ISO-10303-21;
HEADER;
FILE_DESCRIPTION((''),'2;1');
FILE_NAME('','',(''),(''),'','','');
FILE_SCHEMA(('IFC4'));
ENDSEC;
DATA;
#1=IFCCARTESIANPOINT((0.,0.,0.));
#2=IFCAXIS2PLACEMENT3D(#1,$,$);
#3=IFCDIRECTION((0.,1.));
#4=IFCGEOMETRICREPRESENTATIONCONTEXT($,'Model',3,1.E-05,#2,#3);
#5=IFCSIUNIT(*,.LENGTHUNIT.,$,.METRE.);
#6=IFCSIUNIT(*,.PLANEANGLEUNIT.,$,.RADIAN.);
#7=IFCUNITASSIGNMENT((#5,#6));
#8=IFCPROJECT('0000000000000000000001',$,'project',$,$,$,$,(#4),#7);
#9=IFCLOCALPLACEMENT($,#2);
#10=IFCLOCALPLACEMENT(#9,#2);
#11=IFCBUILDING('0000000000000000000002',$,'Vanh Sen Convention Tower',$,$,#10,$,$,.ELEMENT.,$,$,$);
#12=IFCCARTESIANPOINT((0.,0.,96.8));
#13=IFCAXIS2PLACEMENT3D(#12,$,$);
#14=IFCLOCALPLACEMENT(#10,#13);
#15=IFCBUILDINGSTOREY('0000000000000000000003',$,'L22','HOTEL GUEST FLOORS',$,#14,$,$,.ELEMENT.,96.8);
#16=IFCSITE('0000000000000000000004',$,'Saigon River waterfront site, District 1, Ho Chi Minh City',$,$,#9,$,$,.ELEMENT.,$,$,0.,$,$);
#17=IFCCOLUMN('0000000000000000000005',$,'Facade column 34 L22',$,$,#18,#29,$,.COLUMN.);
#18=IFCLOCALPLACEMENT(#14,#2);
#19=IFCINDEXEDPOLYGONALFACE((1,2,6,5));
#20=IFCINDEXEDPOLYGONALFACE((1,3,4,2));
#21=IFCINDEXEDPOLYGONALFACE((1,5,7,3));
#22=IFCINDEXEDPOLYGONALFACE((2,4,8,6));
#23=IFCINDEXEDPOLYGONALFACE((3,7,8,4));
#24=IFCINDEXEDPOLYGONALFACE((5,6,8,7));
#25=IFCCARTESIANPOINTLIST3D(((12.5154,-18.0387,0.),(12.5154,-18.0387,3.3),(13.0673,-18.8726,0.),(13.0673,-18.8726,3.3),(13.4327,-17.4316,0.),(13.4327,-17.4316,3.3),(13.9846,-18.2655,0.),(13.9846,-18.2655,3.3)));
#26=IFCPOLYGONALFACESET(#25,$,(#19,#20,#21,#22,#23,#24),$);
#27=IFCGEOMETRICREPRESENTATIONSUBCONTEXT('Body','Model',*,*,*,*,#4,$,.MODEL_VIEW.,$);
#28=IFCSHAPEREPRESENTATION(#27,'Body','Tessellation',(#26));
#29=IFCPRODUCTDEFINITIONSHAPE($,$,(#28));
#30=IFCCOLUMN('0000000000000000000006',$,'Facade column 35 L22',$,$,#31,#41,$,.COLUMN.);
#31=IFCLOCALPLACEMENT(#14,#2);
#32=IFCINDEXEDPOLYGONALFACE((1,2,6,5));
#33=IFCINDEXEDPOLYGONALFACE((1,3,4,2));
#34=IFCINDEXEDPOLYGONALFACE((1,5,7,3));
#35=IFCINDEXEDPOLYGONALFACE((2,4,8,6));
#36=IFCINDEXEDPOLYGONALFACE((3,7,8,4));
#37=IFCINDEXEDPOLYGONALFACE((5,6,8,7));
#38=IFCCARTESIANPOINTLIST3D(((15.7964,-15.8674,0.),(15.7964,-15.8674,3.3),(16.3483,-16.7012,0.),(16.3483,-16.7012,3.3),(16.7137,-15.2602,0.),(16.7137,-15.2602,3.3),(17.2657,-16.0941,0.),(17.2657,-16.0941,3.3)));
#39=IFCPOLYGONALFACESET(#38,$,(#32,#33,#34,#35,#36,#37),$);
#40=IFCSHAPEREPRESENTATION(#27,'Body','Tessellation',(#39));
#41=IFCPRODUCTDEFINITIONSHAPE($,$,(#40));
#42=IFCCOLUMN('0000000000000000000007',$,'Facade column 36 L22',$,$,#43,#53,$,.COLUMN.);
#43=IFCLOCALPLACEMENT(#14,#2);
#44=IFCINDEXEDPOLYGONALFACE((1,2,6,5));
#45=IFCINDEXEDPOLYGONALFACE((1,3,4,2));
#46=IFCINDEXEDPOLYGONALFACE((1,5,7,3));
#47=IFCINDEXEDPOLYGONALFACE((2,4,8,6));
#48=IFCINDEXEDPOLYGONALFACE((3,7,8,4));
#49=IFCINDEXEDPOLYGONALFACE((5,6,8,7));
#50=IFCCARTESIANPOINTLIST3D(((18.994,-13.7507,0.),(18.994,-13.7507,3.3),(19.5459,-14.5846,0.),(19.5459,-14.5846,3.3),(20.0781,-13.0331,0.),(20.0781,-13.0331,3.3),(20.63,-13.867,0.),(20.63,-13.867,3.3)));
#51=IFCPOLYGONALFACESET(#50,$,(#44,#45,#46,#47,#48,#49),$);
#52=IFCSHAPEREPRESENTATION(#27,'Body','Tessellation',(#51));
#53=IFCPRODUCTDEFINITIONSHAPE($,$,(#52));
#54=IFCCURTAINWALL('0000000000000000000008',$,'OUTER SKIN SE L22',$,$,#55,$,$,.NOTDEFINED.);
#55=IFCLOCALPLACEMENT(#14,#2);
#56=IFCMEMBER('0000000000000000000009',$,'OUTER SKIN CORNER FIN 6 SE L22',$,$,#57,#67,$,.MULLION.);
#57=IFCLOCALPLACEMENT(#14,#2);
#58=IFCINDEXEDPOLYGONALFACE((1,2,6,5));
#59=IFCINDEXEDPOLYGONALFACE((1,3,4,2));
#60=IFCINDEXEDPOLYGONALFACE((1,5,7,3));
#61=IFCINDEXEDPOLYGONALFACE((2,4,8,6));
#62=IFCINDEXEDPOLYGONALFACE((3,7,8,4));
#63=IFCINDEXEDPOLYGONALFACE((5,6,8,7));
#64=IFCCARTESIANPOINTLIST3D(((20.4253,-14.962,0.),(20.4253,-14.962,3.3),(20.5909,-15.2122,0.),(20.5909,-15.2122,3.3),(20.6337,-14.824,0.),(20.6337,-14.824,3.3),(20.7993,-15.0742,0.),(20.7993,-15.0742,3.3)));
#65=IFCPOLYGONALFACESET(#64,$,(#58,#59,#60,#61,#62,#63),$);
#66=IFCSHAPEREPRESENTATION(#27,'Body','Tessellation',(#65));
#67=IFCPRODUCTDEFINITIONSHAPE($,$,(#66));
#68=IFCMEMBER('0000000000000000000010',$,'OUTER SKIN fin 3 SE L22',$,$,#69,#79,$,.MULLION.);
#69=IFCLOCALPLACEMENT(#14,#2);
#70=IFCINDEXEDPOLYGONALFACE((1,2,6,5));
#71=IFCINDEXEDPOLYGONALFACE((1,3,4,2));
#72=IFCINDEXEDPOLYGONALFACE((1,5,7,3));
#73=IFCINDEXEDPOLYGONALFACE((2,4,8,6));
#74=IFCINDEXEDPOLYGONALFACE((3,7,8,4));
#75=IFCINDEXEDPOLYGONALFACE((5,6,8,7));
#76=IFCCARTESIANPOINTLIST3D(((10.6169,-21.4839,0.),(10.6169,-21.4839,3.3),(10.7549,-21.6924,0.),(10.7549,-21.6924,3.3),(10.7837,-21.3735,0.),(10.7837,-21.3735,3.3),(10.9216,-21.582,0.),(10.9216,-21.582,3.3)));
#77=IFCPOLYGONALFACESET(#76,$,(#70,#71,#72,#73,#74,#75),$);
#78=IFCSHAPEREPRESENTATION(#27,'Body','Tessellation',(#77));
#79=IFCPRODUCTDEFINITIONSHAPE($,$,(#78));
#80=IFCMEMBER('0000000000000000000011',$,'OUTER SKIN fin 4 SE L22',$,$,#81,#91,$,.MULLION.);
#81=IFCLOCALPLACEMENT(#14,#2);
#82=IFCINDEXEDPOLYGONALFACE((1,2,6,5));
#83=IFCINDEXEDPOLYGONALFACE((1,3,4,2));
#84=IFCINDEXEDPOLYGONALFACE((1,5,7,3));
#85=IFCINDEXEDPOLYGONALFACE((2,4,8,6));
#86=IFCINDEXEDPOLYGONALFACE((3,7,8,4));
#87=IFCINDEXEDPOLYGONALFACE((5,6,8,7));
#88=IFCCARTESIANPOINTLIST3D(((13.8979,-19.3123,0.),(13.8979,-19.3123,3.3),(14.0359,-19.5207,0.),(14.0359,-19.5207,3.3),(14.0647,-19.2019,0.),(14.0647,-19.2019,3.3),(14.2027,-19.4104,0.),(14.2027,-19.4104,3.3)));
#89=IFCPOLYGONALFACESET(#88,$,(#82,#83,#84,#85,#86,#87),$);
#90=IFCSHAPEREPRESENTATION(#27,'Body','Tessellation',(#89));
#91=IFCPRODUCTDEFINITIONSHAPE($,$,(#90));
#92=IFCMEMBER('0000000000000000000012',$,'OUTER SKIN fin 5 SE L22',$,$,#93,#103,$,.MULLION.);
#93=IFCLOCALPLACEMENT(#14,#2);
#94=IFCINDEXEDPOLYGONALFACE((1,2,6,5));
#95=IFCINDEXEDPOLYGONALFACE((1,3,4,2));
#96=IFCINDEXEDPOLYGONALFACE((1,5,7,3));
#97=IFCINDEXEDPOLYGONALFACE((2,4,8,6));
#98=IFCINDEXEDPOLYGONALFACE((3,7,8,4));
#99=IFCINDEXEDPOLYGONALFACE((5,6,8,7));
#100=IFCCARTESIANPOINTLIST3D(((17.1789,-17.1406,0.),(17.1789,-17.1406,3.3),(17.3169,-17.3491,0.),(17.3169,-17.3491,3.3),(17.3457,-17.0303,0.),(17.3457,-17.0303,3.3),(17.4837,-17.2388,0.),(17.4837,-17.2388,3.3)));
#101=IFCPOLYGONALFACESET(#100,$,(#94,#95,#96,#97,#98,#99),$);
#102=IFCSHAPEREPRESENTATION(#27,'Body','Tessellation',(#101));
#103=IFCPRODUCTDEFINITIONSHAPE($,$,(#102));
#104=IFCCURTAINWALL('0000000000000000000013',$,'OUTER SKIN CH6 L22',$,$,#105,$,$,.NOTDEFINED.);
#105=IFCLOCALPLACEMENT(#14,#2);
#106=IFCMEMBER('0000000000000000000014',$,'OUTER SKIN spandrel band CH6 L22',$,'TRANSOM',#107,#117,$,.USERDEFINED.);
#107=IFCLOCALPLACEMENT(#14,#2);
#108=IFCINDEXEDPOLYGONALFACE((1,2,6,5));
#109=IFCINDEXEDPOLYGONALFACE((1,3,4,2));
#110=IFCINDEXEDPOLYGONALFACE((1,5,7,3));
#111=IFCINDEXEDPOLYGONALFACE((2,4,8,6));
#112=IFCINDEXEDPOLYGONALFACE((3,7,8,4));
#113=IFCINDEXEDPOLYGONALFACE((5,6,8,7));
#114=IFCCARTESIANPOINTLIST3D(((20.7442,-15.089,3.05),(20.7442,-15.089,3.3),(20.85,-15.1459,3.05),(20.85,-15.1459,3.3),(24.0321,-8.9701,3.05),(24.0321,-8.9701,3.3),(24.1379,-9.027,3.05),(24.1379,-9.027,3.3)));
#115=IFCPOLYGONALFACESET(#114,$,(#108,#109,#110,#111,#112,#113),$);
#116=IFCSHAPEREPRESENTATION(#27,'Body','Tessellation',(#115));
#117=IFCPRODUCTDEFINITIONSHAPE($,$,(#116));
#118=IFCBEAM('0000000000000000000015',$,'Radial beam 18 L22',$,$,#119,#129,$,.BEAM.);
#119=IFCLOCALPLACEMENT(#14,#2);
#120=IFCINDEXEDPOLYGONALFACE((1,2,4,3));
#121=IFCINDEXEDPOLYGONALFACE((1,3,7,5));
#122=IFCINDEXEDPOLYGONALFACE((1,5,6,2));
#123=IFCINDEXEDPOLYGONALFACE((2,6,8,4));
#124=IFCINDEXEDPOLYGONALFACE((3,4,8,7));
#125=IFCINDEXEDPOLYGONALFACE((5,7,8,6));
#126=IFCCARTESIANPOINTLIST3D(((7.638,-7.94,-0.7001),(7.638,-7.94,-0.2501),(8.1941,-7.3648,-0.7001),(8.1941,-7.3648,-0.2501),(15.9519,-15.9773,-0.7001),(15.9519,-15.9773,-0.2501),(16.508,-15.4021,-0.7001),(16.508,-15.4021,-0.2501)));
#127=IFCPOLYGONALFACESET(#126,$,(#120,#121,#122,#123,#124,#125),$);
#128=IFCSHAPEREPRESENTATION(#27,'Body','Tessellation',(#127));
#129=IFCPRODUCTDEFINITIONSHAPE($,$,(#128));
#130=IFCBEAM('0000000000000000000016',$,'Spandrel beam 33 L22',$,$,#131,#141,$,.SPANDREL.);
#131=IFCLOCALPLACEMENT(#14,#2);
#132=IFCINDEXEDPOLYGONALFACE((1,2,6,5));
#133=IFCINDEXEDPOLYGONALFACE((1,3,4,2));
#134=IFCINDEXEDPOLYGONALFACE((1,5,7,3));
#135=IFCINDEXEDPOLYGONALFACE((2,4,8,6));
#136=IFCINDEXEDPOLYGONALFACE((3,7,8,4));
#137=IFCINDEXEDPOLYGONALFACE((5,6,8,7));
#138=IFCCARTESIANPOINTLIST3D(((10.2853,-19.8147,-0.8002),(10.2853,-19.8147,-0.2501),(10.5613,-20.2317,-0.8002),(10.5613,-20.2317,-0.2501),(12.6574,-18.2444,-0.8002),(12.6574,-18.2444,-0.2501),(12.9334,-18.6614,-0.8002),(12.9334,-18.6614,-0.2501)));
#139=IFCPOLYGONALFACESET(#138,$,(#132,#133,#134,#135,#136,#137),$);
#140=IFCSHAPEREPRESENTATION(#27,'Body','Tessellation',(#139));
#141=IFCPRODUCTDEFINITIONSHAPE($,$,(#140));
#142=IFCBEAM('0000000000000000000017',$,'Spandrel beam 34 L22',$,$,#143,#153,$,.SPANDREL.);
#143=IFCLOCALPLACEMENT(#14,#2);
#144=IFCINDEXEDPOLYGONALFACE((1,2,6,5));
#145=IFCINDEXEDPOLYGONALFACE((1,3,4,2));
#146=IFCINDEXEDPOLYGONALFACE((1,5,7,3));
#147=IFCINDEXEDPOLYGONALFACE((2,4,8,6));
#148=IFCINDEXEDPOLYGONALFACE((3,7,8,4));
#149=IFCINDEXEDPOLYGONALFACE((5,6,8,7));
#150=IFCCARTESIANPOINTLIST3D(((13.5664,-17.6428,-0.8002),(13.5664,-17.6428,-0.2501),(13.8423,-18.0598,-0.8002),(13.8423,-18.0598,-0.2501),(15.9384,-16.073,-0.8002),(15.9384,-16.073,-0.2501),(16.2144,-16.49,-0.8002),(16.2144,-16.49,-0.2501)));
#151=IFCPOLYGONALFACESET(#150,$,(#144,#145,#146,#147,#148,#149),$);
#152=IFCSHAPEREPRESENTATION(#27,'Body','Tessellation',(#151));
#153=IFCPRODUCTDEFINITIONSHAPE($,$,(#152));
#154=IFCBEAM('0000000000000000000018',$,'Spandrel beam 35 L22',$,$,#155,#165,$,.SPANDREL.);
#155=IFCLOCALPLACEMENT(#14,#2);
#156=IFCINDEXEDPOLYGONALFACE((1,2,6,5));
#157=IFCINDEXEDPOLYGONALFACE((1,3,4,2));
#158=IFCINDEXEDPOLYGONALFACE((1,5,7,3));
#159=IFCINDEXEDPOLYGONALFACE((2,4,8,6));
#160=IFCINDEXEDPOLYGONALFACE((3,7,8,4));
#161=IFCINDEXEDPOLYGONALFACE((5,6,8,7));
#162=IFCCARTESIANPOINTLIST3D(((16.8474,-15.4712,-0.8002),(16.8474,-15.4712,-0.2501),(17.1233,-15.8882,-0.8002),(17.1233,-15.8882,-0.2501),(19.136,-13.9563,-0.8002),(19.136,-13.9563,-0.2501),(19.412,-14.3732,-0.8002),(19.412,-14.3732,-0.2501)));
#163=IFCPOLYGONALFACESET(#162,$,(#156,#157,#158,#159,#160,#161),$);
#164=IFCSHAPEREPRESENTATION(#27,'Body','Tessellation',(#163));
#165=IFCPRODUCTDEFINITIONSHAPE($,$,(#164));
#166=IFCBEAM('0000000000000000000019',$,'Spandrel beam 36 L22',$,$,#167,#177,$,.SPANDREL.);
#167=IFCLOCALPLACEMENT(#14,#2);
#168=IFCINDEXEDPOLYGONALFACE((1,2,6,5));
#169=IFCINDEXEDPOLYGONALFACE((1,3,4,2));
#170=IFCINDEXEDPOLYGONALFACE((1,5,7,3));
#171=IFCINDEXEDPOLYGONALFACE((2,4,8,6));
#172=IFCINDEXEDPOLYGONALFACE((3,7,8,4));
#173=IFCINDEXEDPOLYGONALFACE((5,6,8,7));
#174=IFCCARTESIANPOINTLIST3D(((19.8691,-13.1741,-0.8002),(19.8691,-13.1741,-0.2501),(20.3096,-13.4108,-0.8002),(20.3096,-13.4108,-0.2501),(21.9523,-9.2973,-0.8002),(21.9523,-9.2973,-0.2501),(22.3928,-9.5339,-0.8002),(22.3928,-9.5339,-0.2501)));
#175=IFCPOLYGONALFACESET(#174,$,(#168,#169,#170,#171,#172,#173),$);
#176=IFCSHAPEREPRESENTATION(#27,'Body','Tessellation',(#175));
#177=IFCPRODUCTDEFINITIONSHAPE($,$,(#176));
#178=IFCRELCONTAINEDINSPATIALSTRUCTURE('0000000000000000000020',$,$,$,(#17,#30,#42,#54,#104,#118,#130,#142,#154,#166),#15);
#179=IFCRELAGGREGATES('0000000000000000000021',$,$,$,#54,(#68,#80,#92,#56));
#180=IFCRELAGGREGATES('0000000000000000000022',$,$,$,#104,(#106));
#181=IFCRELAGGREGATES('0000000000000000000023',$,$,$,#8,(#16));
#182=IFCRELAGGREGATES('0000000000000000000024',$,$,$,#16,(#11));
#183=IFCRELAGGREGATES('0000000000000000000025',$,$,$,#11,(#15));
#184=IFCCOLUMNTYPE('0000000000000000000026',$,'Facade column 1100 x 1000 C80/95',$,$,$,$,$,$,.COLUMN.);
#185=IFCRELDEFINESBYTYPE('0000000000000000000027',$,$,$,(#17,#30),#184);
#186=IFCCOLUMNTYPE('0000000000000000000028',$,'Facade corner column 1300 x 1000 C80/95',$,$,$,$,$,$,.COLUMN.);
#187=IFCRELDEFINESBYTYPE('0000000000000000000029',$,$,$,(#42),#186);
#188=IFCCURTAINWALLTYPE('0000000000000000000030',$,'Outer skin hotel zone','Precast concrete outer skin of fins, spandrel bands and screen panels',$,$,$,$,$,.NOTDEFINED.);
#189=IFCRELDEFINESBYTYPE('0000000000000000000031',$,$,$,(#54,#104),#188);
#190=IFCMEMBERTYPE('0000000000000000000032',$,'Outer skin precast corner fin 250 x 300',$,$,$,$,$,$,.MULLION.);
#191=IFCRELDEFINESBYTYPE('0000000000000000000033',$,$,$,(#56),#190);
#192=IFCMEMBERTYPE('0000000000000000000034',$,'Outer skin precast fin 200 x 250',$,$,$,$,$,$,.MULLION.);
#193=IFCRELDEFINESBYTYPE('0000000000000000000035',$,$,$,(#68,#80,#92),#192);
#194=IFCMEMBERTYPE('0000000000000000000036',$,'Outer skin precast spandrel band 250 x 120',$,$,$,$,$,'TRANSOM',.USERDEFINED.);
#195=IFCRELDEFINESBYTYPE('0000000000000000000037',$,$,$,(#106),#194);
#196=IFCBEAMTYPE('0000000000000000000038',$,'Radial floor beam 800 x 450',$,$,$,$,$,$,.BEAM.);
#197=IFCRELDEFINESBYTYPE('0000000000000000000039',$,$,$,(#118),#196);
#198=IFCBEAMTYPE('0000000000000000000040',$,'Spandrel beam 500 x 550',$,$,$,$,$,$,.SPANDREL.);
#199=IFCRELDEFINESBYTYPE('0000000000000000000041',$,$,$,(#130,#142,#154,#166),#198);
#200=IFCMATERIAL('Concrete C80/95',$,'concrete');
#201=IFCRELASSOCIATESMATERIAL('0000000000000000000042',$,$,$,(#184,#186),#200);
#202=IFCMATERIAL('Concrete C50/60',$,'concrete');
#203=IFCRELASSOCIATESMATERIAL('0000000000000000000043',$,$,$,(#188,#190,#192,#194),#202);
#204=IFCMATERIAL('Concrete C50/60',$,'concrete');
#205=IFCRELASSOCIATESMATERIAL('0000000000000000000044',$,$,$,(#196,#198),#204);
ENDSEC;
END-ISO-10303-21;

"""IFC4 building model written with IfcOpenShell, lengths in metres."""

from ifc_helpers import new_model, si_unit, direction, frame, origin, origin_2d, place, context, subcontext, project, spatial, rectangle, extrude, material, material_profile, profile_set, type_object, element, aggregate, save


model = new_model("IFC4")

# Units and contexts
model_context = context("Model", 3, precision=1e-05, world=origin(), true_north=direction((0.0, 1.0)))
body_context = subcontext(model_context, "Body", "Model", "MODEL_VIEW")
ifc_project = project(units=[si_unit("LENGTHUNIT", "METRE"), si_unit("PLANEANGLEUNIT", "RADIAN")], contexts=[model_context])

# Site, building, storey
site_placement = place(None, origin())
site = spatial("IfcSite", under=ifc_project, at=site_placement, Name="Saigon River waterfront site, District 1, Ho Chi Minh City", CompositionType="ELEMENT", RefElevation=0.0)
building_placement = place(site_placement, origin())
building = spatial("IfcBuilding", under=site, at=building_placement, Name="Vanh Sen Convention Tower", CompositionType="ELEMENT")
storey_placement = place(building_placement, frame((0.0, 0.0, 96.8)))
storey = spatial("IfcBuildingStorey", under=building, at=storey_placement, Name="L22", Description="HOTEL GUEST FLOORS", CompositionType="ELEMENT", Elevation=96.8)

# Columns
ifc_material_1 = material(Name="Concrete C80/95", Category="concrete")
ifc_material_profile_1 = material_profile(ifc_material_1, rectangle(XDim=1.1001, YDim=1.0, at=origin_2d()), Name="RC 1100X1000")
ifc_profile_set_1 = profile_set([ifc_material_profile_1], Name="Concrete C80/95")
column_type_1 = type_object("IfcColumnType", Name="Facade column 1100 x 1000 C80/95", PredefinedType="COLUMN", material=ifc_profile_set_1)
for number, where, z_axis, x_axis, name in (
    (1, (13.25, -18.1521, 0.0), (0.0, 0.0, 1.0), (0.833886, 0.551937, 0.0), "Facade column 34 L22"),
    (2, (16.531, -15.9807, 0.0), (0.0, 0.0, 1.0), (0.833886, 0.551937, 0.0), "Facade column 35 L22"),
):
    element("IfcColumn", number, at=place(storey_placement, frame(where, z_axis=z_axis, x_axis=x_axis)), inside=storey, type_object=column_type_1, Name=name, PredefinedType="COLUMN", context=body_context, shape_type="SweptSolid", body=[
        extrude(rectangle(XDim=1.1001, YDim=1.0, at=origin_2d()), origin(), (0.0, 0.0, 1.0), 3.3),
    ])
ifc_material_profile_2 = material_profile(ifc_material_1, rectangle(XDim=1.3, YDim=1.0, at=origin_2d()), Name="RC 1300X1000")
ifc_profile_set_2 = profile_set([ifc_material_profile_2], Name="Concrete C80/95")
column_type_2 = type_object("IfcColumnType", Name="Facade corner column 1300 x 1000 C80/95", PredefinedType="COLUMN", material=ifc_profile_set_2)
column_placement = place(storey_placement, frame((19.812, -13.8088, 0.0), z_axis=(0.0, 0.0, 1.0), x_axis=(0.833886, 0.551937, 0.0)))
element("IfcColumn", 3, at=column_placement, inside=storey, type_object=column_type_2, Name="Facade column 36 L22", PredefinedType="COLUMN", context=body_context, shape_type="SweptSolid", body=[
    extrude(rectangle(XDim=1.3, YDim=1.0, at=origin_2d()), origin(), (0.0, 0.0, 1.0), 3.3),
])

# Curtain wall, members
ifc_material_2 = material(Name="Concrete C50/60", Category="concrete")
curtain_wall_type = type_object("IfcCurtainWallType", Name="Outer skin hotel zone", Description="Precast concrete outer skin of fins, spandrel bands and screen panels", PredefinedType="NOTDEFINED", material=ifc_material_2)
curtain_wall_1_placement = place(storey_placement, origin())
curtain_wall_1 = element("IfcCurtainWall", 4, at=curtain_wall_1_placement, inside=storey, type_object=curtain_wall_type, Name="OUTER SKIN SE L22", PredefinedType="NOTDEFINED")
ifc_material_profile_3 = material_profile(ifc_material_2, rectangle(XDim=0.25, YDim=0.3, at=origin_2d()), Name="Outer skin precast corner fin 250 x 300")
ifc_profile_set_3 = profile_set([ifc_material_profile_3], Name="Concrete C50/60")
member_type_1 = type_object("IfcMemberType", Name="Outer skin precast corner fin 250 x 300", PredefinedType="MULLION", material=ifc_profile_set_3)
member_1_placement = place(storey_placement, frame((20.6123, -15.0181, 0.0), z_axis=(0.0, 0.0, 1.0), x_axis=(0.833886, 0.551937, 0.0)))
member_1 = element("IfcMember", 5, at=member_1_placement, type_object=member_type_1, Name="OUTER SKIN CORNER FIN 6 SE L22", PredefinedType="MULLION", context=body_context, shape_type="SweptSolid", body=[
    extrude(rectangle(XDim=0.25, YDim=0.3, at=origin_2d()), origin(), (0.0, 0.0, 1.0), 3.3),
])
ifc_material_profile_4 = material_profile(ifc_material_2, rectangle(XDim=0.2, YDim=0.25, at=origin_2d()), Name="Outer skin precast fin 200 x 250")
ifc_profile_set_4 = profile_set([ifc_material_profile_4], Name="Concrete C50/60")
member_type_2 = type_object("IfcMemberType", Name="Outer skin precast fin 200 x 250", PredefinedType="MULLION", material=ifc_profile_set_4)
member_2_placement = place(storey_placement, frame((10.7693, -21.533, 0.0), z_axis=(0.0, 0.0, 1.0), x_axis=(0.833886, 0.551937, 0.0)))
member_2 = element("IfcMember", 6, at=member_2_placement, type_object=member_type_2, Name="OUTER SKIN fin 3 SE L22", PredefinedType="MULLION", context=body_context, shape_type="SweptSolid", body=[
    extrude(rectangle(XDim=0.2, YDim=0.25, at=origin_2d()), origin(), (0.0, 0.0, 1.0), 3.3),
])
member_3_placement = place(storey_placement, frame((14.0503, -19.3613, 0.0), z_axis=(0.0, 0.0, 1.0), x_axis=(0.833886, 0.551937, 0.0)))
member_3 = element("IfcMember", 7, at=member_3_placement, type_object=member_type_2, Name="OUTER SKIN fin 4 SE L22", PredefinedType="MULLION", context=body_context, shape_type="SweptSolid", body=[
    extrude(rectangle(XDim=0.2, YDim=0.25, at=origin_2d()), origin(), (0.0, 0.0, 1.0), 3.3),
])
member_4_placement = place(storey_placement, frame((17.3313, -17.1897, 0.0), z_axis=(0.0, 0.0, 1.0), x_axis=(0.833886, 0.551937, 0.0)))
member_4 = element("IfcMember", 8, at=member_4_placement, type_object=member_type_2, Name="OUTER SKIN fin 5 SE L22", PredefinedType="MULLION", context=body_context, shape_type="SweptSolid", body=[
    extrude(rectangle(XDim=0.2, YDim=0.25, at=origin_2d()), origin(), (0.0, 0.0, 1.0), 3.3),
])

# Curtain wall, member
curtain_wall_2_placement = place(storey_placement, origin())
curtain_wall_2 = element("IfcCurtainWall", 9, at=curtain_wall_2_placement, inside=storey, type_object=curtain_wall_type, Name="OUTER SKIN CH6 L22", PredefinedType="NOTDEFINED")
ifc_material_profile_5 = material_profile(ifc_material_2, rectangle(XDim=0.1201, YDim=0.25, at=origin_2d()), Name="Outer skin precast spandrel band 250 x 120")
ifc_profile_set_5 = profile_set([ifc_material_profile_5], Name="Concrete C50/60")
member_type_3 = type_object("IfcMemberType", Name="Outer skin precast spandrel band 250 x 120", ElementType="TRANSOM", PredefinedType="USERDEFINED", material=ifc_profile_set_5)
member_5_placement = place(storey_placement, frame((20.7971, -15.1174, 3.175), z_axis=(0.473324, 0.880888, 0.0), x_axis=(-0.880888, 0.473324, 0.0)))
member_5 = element("IfcMember", 10, at=member_5_placement, type_object=member_type_3, Name="OUTER SKIN spandrel band CH6 L22", ObjectType="TRANSOM", PredefinedType="USERDEFINED", context=body_context, shape_type="SweptSolid", body=[
    extrude(rectangle(XDim=0.1201, YDim=0.25, at=origin_2d()), origin(), (0.0, 0.0, 1.0), 6.9463),
])

# Beams
ifc_material_3 = material(Name="Concrete C50/60", Category="concrete")
ifc_material_profile_6 = material_profile(ifc_material_3, rectangle(XDim=0.8, YDim=0.45, at=origin_2d()), Name="RC 800X450")
ifc_profile_set_6 = profile_set([ifc_material_profile_6], Name="Concrete C50/60")
beam_type_1 = type_object("IfcBeamType", Name="Radial floor beam 800 x 450", PredefinedType="BEAM", material=ifc_profile_set_6)
beam_1_placement = place(storey_placement, frame((16.23, -15.6897, -0.4751), z_axis=(-0.718966, 0.695045, 0.0), x_axis=(-0.695045, -0.718966, 0.0)))
element("IfcBeam", 11, at=beam_1_placement, inside=storey, type_object=beam_type_1, Name="Radial beam 18 L22", PredefinedType="BEAM", context=body_context, shape_type="SweptSolid", body=[
    extrude(rectangle(XDim=0.8, YDim=0.45, at=origin_2d()), origin(), (0.0, 0.0, 1.0), 11.5637),
])
ifc_material_profile_7 = material_profile(ifc_material_3, rectangle(XDim=0.5, YDim=0.55, at=origin_2d()), Name="RC 500X550")
ifc_profile_set_7 = profile_set([ifc_material_profile_7], Name="Concrete C50/60")
beam_type_2 = type_object("IfcBeamType", Name="Spandrel beam 500 x 550", PredefinedType="SPANDREL", material=ifc_profile_set_7)
beam_2_placement = place(storey_placement, frame((10.4233, -20.0232, -0.5251), z_axis=(0.833842, 0.552004, 0.0), x_axis=(-0.552004, 0.833842, 0.0)))
element("IfcBeam", 12, at=beam_2_placement, inside=storey, type_object=beam_type_2, Name="Spandrel beam 33 L22", PredefinedType="SPANDREL", context=body_context, shape_type="SweptSolid", body=[
    extrude(rectangle(XDim=0.5, YDim=0.55, at=origin_2d()), origin(), (0.0, 0.0, 1.0), 2.8447),
])
beam_3_placement = place(storey_placement, frame((13.7043, -17.8513, -0.5251), z_axis=(0.833921, 0.551884, 0.0), x_axis=(-0.551884, 0.833921, 0.0)))
element("IfcBeam", 13, at=beam_3_placement, inside=storey, type_object=beam_type_2, Name="Spandrel beam 34 L22", PredefinedType="SPANDREL", context=body_context, shape_type="SweptSolid", body=[
    extrude(rectangle(XDim=0.5, YDim=0.55, at=origin_2d()), origin(), (0.0, 0.0, 1.0), 2.8445),
])
beam_4_placement = place(storey_placement, frame((16.9854, -15.6797, -0.5251), z_axis=(0.833866, 0.551967, 0.0), x_axis=(-0.551967, 0.833866, 0.0)))
element("IfcBeam", 14, at=beam_4_placement, inside=storey, type_object=beam_type_2, Name="Spandrel beam 35 L22", PredefinedType="SPANDREL", context=body_context, shape_type="SweptSolid", body=[
    extrude(rectangle(XDim=0.5, YDim=0.55, at=origin_2d()), origin(), (0.0, 0.0, 1.0), 2.7446),
])
beam_5_placement = place(storey_placement, frame((20.0894, -13.2925, -0.5251), z_axis=(0.473336, 0.880882, 0.0), x_axis=(-0.880882, 0.473336, 0.0)))
element("IfcBeam", 15, at=beam_5_placement, inside=storey, type_object=beam_type_2, Name="Spandrel beam 36 L22", PredefinedType="SPANDREL", context=body_context, shape_type="SweptSolid", body=[
    extrude(rectangle(XDim=0.5, YDim=0.55, at=origin_2d()), origin(), (0.0, 0.0, 1.0), 4.4011),
])

aggregate(curtain_wall_1, [member_2, member_3, member_4, member_1])
aggregate(curtain_wall_2, [member_5])

save(model, "model.ifc")
